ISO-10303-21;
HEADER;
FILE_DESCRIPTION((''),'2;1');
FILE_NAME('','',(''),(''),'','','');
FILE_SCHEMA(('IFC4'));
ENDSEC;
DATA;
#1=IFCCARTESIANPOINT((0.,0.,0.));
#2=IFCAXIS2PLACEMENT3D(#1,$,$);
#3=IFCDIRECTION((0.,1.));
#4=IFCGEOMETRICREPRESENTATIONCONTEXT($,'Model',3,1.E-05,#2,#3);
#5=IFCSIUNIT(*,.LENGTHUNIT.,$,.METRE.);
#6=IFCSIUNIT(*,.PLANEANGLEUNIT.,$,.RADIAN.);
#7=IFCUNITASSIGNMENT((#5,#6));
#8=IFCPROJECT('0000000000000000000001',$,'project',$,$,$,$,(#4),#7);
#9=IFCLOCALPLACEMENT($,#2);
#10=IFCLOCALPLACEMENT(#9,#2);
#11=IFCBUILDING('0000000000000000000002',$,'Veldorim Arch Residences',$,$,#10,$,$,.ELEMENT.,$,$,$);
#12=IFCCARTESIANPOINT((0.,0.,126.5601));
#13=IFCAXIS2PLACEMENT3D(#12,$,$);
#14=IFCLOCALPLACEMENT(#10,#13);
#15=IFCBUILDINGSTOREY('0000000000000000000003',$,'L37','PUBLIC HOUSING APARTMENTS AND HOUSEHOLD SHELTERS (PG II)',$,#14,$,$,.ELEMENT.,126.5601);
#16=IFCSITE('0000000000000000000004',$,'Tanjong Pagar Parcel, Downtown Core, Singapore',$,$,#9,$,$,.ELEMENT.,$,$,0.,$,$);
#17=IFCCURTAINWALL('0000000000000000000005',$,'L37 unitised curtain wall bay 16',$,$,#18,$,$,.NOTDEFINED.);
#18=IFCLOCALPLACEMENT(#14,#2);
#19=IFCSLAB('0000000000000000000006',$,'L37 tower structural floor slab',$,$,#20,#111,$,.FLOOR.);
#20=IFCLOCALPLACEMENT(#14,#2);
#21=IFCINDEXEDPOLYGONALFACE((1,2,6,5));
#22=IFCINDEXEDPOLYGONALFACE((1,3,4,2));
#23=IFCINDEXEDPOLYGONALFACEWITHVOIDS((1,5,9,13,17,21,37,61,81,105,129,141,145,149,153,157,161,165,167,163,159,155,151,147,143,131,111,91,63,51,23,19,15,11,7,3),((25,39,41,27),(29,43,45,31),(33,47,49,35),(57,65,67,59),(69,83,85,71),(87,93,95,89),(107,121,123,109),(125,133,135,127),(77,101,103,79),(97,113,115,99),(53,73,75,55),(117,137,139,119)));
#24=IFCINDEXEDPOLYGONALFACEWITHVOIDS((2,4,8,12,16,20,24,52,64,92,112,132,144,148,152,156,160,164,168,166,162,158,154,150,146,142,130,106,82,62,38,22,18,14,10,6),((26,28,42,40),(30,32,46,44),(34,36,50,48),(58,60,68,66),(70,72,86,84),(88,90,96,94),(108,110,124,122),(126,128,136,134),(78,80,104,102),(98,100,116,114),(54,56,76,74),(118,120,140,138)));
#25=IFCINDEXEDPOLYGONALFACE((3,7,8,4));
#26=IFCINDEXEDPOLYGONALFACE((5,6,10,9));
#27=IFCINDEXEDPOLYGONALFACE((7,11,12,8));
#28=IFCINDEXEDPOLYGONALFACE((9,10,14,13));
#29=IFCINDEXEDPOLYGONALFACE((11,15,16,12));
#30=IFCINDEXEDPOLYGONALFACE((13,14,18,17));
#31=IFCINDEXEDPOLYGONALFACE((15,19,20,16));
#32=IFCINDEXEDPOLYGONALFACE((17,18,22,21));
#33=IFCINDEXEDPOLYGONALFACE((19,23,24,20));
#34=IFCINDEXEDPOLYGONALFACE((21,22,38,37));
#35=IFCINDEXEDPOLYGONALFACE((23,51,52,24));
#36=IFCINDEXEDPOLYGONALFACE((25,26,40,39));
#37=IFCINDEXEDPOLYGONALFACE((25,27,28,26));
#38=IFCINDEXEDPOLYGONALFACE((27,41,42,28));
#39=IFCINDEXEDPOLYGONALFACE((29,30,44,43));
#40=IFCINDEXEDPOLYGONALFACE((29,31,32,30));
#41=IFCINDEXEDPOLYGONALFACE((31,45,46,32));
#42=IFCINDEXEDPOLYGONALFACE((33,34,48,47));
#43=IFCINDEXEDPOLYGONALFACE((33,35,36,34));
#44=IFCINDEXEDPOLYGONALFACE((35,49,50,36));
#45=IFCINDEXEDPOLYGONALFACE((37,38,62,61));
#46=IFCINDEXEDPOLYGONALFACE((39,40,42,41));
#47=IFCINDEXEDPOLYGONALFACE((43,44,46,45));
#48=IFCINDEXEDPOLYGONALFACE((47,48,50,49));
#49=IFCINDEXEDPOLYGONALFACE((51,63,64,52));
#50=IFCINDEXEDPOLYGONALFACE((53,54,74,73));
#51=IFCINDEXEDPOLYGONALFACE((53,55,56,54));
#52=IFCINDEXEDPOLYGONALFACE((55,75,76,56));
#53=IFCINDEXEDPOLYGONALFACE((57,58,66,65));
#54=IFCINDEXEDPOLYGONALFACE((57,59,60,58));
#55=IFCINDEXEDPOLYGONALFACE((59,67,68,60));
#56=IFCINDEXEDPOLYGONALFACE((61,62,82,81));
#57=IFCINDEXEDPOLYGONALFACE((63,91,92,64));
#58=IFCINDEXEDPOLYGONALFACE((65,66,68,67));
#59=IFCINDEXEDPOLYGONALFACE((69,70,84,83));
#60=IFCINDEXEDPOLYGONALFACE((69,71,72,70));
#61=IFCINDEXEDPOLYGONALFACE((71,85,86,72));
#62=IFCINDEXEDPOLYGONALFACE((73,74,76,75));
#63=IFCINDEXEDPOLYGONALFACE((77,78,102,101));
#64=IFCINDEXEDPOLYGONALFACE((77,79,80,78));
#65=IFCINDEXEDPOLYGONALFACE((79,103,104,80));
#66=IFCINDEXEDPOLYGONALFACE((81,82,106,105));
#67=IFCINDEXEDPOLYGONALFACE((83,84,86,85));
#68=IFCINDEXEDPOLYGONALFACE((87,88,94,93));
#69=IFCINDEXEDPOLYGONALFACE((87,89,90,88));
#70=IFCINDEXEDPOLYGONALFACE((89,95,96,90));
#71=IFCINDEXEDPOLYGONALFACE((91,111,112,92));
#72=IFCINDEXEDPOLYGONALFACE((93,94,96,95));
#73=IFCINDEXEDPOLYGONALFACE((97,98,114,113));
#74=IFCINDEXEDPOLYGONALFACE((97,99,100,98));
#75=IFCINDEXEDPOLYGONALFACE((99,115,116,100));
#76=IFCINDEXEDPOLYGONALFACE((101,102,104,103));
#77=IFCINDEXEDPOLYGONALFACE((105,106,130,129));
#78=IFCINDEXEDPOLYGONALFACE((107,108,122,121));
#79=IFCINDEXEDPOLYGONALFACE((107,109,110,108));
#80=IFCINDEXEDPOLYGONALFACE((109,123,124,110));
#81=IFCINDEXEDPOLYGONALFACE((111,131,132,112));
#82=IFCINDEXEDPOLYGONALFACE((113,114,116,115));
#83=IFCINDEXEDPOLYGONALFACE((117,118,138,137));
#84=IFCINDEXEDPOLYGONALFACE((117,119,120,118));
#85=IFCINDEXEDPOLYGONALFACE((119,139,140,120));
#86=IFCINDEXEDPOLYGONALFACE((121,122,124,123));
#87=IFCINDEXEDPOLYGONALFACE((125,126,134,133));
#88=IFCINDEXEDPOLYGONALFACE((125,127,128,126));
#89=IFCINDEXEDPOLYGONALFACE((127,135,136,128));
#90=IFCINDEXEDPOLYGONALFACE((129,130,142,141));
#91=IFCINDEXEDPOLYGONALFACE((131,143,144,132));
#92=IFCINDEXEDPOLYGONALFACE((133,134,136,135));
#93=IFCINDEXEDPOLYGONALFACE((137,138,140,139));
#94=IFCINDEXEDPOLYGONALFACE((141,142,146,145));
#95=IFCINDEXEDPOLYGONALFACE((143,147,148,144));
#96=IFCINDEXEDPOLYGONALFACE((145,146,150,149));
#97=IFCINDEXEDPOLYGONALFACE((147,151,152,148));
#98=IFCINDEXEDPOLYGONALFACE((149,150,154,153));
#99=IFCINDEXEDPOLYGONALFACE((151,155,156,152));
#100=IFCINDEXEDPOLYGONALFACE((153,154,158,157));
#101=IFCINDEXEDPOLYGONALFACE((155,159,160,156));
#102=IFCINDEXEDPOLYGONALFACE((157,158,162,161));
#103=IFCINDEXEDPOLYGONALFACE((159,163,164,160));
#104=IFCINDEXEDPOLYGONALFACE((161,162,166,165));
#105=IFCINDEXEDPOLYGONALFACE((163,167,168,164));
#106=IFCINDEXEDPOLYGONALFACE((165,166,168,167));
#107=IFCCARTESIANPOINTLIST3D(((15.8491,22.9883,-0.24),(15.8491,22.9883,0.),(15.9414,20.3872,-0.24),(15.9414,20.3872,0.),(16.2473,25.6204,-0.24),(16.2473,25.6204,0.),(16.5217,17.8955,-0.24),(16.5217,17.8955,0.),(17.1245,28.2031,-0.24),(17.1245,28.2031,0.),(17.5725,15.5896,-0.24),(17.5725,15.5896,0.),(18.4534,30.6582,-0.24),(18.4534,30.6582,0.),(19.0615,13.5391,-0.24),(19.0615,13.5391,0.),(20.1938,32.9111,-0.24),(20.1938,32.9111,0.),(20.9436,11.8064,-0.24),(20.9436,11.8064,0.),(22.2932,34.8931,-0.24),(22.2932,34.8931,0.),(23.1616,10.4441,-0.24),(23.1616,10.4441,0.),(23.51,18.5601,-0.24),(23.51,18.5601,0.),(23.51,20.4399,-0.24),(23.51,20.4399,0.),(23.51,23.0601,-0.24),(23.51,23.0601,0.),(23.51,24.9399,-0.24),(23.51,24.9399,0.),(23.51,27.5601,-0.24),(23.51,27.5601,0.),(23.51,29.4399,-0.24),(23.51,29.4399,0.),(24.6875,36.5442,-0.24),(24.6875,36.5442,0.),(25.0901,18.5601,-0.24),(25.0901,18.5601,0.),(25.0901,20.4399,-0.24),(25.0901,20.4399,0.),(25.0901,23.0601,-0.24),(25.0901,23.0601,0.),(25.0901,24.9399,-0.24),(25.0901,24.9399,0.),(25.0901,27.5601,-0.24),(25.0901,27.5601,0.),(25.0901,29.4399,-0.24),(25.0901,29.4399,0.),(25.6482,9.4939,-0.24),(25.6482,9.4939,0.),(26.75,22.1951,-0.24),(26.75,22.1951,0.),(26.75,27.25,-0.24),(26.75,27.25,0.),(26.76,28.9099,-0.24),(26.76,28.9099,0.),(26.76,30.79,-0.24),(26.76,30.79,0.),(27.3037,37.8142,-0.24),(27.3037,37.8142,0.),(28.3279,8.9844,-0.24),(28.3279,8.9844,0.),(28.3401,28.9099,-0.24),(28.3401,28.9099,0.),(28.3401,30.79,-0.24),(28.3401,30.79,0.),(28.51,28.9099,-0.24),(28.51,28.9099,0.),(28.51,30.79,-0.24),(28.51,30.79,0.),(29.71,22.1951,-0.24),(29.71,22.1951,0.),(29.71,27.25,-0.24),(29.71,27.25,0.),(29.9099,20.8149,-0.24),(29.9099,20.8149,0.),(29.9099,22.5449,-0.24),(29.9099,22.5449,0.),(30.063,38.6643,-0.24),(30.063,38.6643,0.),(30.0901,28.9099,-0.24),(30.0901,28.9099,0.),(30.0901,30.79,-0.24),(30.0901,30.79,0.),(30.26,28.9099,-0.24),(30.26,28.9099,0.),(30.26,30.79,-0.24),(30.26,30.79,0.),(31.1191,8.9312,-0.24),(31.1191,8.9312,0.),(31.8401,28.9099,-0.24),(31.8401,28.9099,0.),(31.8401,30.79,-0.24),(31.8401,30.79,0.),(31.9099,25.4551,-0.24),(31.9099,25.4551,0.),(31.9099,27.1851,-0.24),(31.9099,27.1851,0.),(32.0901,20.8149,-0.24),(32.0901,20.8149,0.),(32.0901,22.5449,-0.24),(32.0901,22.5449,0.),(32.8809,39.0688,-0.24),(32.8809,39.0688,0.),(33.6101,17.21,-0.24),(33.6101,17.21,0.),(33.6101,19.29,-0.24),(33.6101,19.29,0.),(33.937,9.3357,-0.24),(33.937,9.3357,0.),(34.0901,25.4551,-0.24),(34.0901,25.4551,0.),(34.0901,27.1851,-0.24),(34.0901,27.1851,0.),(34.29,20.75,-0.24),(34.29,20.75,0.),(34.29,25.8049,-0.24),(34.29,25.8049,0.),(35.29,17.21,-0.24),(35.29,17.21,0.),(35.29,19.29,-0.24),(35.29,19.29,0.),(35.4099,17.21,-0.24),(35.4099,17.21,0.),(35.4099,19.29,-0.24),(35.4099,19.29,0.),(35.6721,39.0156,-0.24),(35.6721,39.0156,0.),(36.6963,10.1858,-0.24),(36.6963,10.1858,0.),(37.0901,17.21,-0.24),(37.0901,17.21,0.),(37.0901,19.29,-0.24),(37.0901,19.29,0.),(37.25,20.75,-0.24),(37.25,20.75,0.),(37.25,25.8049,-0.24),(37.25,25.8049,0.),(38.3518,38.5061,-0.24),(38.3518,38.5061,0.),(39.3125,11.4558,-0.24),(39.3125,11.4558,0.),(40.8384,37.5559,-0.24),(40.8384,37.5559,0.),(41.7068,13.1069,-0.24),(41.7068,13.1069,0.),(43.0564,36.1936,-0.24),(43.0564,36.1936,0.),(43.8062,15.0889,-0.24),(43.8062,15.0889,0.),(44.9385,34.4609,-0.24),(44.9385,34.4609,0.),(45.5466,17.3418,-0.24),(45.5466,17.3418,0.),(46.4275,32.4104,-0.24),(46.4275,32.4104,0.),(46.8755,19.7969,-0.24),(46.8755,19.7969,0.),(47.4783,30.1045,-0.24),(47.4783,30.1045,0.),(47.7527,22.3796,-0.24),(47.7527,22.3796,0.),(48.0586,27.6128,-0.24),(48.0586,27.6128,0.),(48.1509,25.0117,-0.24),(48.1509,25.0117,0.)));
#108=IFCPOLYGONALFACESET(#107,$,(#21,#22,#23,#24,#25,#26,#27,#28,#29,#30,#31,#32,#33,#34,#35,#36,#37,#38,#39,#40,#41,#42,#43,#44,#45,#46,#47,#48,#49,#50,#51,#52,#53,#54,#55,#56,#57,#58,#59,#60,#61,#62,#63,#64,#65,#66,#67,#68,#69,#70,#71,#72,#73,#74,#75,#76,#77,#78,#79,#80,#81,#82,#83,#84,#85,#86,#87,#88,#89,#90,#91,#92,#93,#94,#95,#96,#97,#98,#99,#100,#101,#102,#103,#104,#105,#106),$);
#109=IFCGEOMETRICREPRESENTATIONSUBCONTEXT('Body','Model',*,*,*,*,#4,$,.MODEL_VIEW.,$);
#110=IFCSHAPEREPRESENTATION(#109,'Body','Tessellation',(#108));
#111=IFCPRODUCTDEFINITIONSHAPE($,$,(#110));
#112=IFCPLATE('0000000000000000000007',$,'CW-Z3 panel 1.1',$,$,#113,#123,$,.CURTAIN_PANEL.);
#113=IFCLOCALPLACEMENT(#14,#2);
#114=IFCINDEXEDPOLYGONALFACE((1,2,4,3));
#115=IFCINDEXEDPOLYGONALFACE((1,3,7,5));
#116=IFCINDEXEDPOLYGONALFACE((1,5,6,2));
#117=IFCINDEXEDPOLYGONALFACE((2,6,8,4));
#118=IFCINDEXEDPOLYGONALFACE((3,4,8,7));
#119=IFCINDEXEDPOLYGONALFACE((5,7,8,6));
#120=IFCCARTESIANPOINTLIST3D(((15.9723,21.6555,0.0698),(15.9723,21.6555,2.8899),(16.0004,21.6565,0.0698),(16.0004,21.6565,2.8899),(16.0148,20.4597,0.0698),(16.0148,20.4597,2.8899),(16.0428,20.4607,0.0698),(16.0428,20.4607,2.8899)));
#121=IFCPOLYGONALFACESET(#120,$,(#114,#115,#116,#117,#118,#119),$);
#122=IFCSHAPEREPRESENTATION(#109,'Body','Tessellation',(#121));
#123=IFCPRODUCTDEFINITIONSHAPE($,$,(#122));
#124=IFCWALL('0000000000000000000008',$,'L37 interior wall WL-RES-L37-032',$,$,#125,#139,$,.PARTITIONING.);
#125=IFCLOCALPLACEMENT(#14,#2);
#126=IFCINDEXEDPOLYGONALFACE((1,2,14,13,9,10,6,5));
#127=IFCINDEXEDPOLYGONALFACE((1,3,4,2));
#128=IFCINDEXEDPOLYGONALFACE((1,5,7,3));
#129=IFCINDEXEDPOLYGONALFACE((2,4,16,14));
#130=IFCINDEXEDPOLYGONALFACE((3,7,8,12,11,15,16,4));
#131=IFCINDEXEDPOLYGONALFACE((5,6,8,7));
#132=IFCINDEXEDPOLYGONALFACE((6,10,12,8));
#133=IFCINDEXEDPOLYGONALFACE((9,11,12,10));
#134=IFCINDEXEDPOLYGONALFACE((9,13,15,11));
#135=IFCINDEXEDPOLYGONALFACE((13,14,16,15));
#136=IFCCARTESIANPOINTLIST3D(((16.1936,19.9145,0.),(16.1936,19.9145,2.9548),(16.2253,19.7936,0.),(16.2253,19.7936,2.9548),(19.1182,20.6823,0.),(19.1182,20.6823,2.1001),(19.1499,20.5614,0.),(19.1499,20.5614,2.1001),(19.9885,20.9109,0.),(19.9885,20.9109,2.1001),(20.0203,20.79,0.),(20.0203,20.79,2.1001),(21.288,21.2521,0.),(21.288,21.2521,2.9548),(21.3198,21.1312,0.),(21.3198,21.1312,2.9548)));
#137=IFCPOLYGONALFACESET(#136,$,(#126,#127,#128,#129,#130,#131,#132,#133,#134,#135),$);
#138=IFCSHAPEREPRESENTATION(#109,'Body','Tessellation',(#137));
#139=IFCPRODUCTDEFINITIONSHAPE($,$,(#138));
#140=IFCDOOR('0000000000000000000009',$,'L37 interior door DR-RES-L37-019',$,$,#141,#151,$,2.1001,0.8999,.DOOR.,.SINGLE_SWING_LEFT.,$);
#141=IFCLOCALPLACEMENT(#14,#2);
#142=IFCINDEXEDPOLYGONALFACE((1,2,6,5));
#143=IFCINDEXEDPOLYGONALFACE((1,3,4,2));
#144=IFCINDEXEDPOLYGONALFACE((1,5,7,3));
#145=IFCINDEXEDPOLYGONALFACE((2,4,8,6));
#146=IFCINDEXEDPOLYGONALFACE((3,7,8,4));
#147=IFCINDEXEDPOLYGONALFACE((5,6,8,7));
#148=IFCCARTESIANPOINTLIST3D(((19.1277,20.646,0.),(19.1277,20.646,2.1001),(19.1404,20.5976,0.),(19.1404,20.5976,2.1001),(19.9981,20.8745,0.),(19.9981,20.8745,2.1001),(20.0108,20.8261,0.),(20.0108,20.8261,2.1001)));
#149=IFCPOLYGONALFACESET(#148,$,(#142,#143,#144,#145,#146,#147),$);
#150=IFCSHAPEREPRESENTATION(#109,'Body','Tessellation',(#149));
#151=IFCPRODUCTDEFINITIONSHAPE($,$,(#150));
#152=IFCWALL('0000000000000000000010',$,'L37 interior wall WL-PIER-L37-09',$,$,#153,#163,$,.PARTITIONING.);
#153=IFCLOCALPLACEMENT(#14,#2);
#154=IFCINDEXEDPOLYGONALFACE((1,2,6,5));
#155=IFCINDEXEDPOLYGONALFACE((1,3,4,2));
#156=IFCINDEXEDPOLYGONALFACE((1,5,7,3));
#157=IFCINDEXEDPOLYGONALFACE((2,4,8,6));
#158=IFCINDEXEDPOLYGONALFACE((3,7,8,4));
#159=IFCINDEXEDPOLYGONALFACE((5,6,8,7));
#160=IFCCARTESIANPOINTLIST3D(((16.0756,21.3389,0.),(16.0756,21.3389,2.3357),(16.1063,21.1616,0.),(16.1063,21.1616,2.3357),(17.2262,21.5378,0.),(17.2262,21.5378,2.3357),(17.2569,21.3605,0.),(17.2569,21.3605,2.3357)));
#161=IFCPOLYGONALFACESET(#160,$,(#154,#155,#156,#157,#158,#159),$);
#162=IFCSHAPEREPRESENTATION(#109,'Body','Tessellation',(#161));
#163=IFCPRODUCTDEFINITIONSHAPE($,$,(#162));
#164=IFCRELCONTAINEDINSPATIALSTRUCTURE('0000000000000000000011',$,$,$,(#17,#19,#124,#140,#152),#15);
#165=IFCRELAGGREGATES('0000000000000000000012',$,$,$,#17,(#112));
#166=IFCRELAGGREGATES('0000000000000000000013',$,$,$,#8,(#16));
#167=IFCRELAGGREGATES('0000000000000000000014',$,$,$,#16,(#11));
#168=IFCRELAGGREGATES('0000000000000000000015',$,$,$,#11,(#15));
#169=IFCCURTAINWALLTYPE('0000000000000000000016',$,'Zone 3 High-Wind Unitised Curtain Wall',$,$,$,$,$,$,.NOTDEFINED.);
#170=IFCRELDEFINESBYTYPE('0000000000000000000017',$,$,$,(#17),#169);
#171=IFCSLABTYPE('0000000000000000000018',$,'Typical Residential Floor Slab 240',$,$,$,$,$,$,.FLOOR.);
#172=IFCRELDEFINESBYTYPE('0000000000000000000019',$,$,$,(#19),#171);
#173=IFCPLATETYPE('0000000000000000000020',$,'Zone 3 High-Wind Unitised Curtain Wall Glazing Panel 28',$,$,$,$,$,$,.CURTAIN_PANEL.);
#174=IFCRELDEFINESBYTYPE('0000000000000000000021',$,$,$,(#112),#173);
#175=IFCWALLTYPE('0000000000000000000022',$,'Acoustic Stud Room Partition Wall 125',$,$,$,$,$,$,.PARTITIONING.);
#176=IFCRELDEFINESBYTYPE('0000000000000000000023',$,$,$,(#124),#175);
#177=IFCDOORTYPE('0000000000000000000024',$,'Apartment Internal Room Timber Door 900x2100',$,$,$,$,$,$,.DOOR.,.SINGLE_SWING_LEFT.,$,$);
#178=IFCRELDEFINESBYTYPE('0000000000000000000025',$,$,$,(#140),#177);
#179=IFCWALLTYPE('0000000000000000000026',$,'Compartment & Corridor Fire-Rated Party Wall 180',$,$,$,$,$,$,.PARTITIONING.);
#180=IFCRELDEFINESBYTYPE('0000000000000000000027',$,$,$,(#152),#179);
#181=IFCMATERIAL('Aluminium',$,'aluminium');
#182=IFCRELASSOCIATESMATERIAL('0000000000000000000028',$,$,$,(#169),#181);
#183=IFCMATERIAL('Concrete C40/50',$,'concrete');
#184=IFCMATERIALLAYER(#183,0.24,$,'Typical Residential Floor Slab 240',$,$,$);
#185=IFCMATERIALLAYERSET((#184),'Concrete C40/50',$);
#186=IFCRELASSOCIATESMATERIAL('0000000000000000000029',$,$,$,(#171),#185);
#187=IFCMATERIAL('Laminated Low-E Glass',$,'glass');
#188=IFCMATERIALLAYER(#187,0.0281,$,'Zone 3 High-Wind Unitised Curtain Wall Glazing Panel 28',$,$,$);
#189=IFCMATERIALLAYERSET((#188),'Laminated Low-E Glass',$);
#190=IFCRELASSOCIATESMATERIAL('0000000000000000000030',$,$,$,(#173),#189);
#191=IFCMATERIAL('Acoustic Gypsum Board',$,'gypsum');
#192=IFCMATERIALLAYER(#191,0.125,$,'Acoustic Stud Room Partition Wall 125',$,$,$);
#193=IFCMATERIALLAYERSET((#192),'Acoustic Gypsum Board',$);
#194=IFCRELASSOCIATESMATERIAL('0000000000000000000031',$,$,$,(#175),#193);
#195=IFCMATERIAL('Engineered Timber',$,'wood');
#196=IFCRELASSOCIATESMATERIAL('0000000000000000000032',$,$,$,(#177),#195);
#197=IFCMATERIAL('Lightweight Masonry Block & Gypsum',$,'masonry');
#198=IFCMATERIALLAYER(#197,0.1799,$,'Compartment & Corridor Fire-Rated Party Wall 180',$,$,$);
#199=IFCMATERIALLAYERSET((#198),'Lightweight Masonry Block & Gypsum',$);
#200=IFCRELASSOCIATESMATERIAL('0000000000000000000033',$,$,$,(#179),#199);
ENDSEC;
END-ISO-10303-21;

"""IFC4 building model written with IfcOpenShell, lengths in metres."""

from ifc_helpers import new_model, si_unit, direction, frame, frame_2d, origin, origin_2d, place, context, subcontext, project, spatial, polyline, rectangle, outline, extrude, material, layer, layer_set, type_object, element, fill, aggregate, save


model = new_model("IFC4")

# Units and contexts
model_context = context("Model", 3, precision=1e-05, world=origin(), true_north=direction((0.0, 1.0)))
body_context = subcontext(model_context, "Body", "Model", "MODEL_VIEW")
ifc_project = project(units=[si_unit("LENGTHUNIT", "METRE"), si_unit("PLANEANGLEUNIT", "RADIAN")], contexts=[model_context])

# Site, building, storey
site_placement = place(None, origin())
site = spatial("IfcSite", under=ifc_project, at=site_placement, Name="Tanjong Pagar Parcel, Downtown Core, Singapore", CompositionType="ELEMENT", RefElevation=0.0)
building_placement = place(site_placement, origin())
building = spatial("IfcBuilding", under=site, at=building_placement, Name="Veldorim Arch Residences", CompositionType="ELEMENT")
storey_placement = place(building_placement, frame((0.0, 0.0, 126.5601)))
storey = spatial("IfcBuildingStorey", under=building, at=storey_placement, Name="L37", Description="PUBLIC HOUSING APARTMENTS AND HOUSEHOLD SHELTERS (PG II)", CompositionType="ELEMENT", Elevation=126.5601)

# Curtain wall
ifc_material_1 = material(Name="Aluminium", Category="aluminium")
curtain_wall_type = type_object("IfcCurtainWallType", Name="Zone 3 High-Wind Unitised Curtain Wall", PredefinedType="NOTDEFINED", material=ifc_material_1)
curtain_wall_placement = place(storey_placement, origin())
curtain_wall = element("IfcCurtainWall", 1, at=curtain_wall_placement, inside=storey, type_object=curtain_wall_type, Name="L37 unitised curtain wall bay 16", PredefinedType="NOTDEFINED")

# Slab
ifc_material_2 = material(Name="Concrete C40/50", Category="concrete")
ifc_layer_1 = layer(ifc_material_2, 0.24, Name="Typical Residential Floor Slab 240")
ifc_layer_set_1 = layer_set([ifc_layer_1], Name="Concrete C40/50")
slab_type_1 = type_object("IfcSlabType", Name="Typical Residential Floor Slab 240", PredefinedType="FLOOR", material=ifc_layer_set_1)
slab_1_placement = place(storey_placement, frame((0.0, 0.0, -0.24)))
element("IfcSlab", 2, at=slab_1_placement, inside=storey, type_object=slab_type_1, Name="L37 tower structural floor slab", PredefinedType="FLOOR", context=body_context, shape_type="SweptSolid", body=[
    extrude(outline(polyline([(46.4275, 32.4104), (44.9385, 34.4609), (43.0564, 36.1936), (40.8384, 37.5559), (38.3518, 38.5061), (35.6721, 39.0156), (32.8809, 39.0688), (30.063, 38.6643), (27.3037, 37.8142), (24.6875, 36.5442), (22.2932, 34.8931), (20.1938, 32.9111), (18.4534, 30.6582), (17.1245, 28.2031), (16.2473, 25.6204), (15.8491, 22.9883), (15.9414, 20.3872), (16.5217, 17.8955), (17.5725, 15.5896), (19.0615, 13.5391), (20.9436, 11.8064), (23.1616, 10.4441), (25.6482, 9.4939), (28.3279, 8.9844), (31.1191, 8.9312), (33.937, 9.3357), (36.6963, 10.1858), (39.3125, 11.4558), (41.7068, 13.1069), (43.8062, 15.0889), (45.5466, 17.3418), (46.8755, 19.7969), (47.7527, 22.3796), (48.1509, 25.0117), (48.0586, 27.6128), (47.4783, 30.1045), (46.4275, 32.4104)]), holes=[polyline([(23.51, 18.5601), (23.51, 20.4399), (25.0901, 20.4399), (25.0901, 18.5601), (23.51, 18.5601)]), polyline([(23.51, 24.9399), (25.0901, 24.9399), (25.0901, 23.0601), (23.51, 23.0601), (23.51, 24.9399)]), polyline([(26.75, 27.25), (29.71, 27.25), (29.71, 22.1951), (26.75, 22.1951), (26.75, 27.25)]), polyline([(23.51, 27.5601), (23.51, 29.4399), (25.0901, 29.4399), (25.0901, 27.5601), (23.51, 27.5601)]), polyline([(26.76, 30.79), (28.3401, 30.79), (28.3401, 28.9099), (26.76, 28.9099), (26.76, 30.79)]), polyline([(28.51, 30.79), (30.0901, 30.79), (30.0901, 28.9099), (28.51, 28.9099), (28.51, 30.79)]), polyline([(33.6101, 17.21), (33.6101, 19.29), (35.29, 19.29), (35.29, 17.21), (33.6101, 17.21)]), polyline([(35.4099, 19.29), (37.0901, 19.29), (37.0901, 17.21), (35.4099, 17.21), (35.4099, 19.29)]), polyline([(29.9099, 22.5449), (32.0901, 22.5449), (32.0901, 20.8149), (29.9099, 20.8149), (29.9099, 22.5449)]), polyline([(34.29, 20.75), (34.29, 25.8049), (37.25, 25.8049), (37.25, 20.75), (34.29, 20.75)]), polyline([(31.9099, 27.1851), (34.0901, 27.1851), (34.0901, 25.4551), (31.9099, 25.4551), (31.9099, 27.1851)]), polyline([(30.26, 30.79), (31.8401, 30.79), (31.8401, 28.9099), (30.26, 28.9099), (30.26, 30.79)])]), origin(), (0.0, 0.0, 1.0), 0.24),
])

# Plate
ifc_material_3 = material(Name="Laminated Low-E Glass", Category="glass")
ifc_layer_2 = layer(ifc_material_3, 0.0281, Name="Zone 3 High-Wind Unitised Curtain Wall Glazing Panel 28")
ifc_layer_set_2 = layer_set([ifc_layer_2], Name="Laminated Low-E Glass")
plate_type = type_object("IfcPlateType", Name="Zone 3 High-Wind Unitised Curtain Wall Glazing Panel 28", PredefinedType="CURTAIN_PANEL", material=ifc_layer_set_2)
plate_placement = place(storey_placement, frame((16.0076, 21.0581, 0.0698), z_axis=(0.0, 0.0, 1.0), x_axis=(-0.035498, 0.99937, 0.0)))
plate = element("IfcPlate", 3, at=plate_placement, type_object=plate_type, Name="CW-Z3 panel 1.1", PredefinedType="CURTAIN_PANEL", context=body_context, shape_type="SweptSolid", body=[
    extrude(rectangle(XDim=1.1965, YDim=0.0281, at=origin_2d()), origin(), (0.0, 0.0, 1.0), 2.8201),
])
aggregate(curtain_wall, [plate])

# Wall, opening, door
ifc_material_4 = material(Name="Acoustic Gypsum Board", Category="gypsum")
ifc_layer_3 = layer(ifc_material_4, 0.125, Name="Acoustic Stud Room Partition Wall 125")
ifc_layer_set_3 = layer_set([ifc_layer_3], Name="Acoustic Gypsum Board")
wall_type_1 = type_object("IfcWallType", Name="Acoustic Stud Room Partition Wall 125", PredefinedType="PARTITIONING", material=ifc_layer_set_3)
wall_1_placement = place(storey_placement, frame((16.2095, 19.854, 0.0), z_axis=(0.0, 0.0, 1.0), x_axis=(0.967215, 0.253959, 0.0)))
wall_1 = element("IfcWall", 4, at=wall_1_placement, inside=storey, type_object=wall_type_1, Name="L37 interior wall WL-RES-L37-032", PredefinedType="PARTITIONING", context=body_context, shape_type="SweptSolid", body=[
    extrude(rectangle(XDim=5.2671, YDim=0.125, at=frame_2d((2.6335, 0.0))), origin(), (0.0, 0.0, 1.0), 2.9548),
])
opening_1_placement = place(wall_1_placement, frame((3.0237, 0.0, 0.0)))
opening_1 = element("IfcOpeningElement", 5, at=opening_1_placement, cuts=wall_1, PredefinedType="OPENING", context=body_context, shape_type="SweptSolid", body=[
    extrude(rectangle(XDim=0.8999, YDim=2.1001, at=frame_2d((0.45, 1.05))), frame((0.0, 0.0725, 0.0), z_axis=(0.0, -1.0, 0.0), x_axis=(1.0, 0.0, 0.0)), (0.0, 0.0, 1.0), 0.145),
])
ifc_material_5 = material(Name="Engineered Timber", Category="wood")
door_type = type_object("IfcDoorType", Name="Apartment Internal Room Timber Door 900x2100", OperationType="SINGLE_SWING_LEFT", PredefinedType="DOOR", material=ifc_material_5)
door_placement = place(opening_1_placement, origin())
door = element("IfcDoor", 6, at=door_placement, inside=storey, type_object=door_type, Name="L37 interior door DR-RES-L37-019", OperationType="SINGLE_SWING_LEFT", OverallHeight=2.1001, OverallWidth=0.8999, PredefinedType="DOOR", context=body_context, shape_type="SweptSolid", body=[
    extrude(rectangle(XDim=0.8999, YDim=2.1001, at=frame_2d((0.45, 1.05))), frame((0.0, 0.0249, 0.0), z_axis=(0.0, -1.0, 0.0), x_axis=(1.0, 0.0, 0.0)), (0.0, 0.0, 1.0), 0.05),
])
fill(opening_1, door)

# Wall
ifc_material_6 = material(Name="Lightweight Masonry Block & Gypsum", Category="masonry")
ifc_layer_4 = layer(ifc_material_6, 0.1799, Name="Compartment & Corridor Fire-Rated Party Wall 180")
ifc_layer_set_4 = layer_set([ifc_layer_4], Name="Lightweight Masonry Block & Gypsum")
wall_type_2 = type_object("IfcWallType", Name="Compartment & Corridor Fire-Rated Party Wall 180", PredefinedType="PARTITIONING", material=ifc_layer_set_4)
wall_2_placement = place(storey_placement, frame((17.2417, 21.4492, 0.0), z_axis=(0.0, 0.0, 1.0), x_axis=(-0.985375, -0.170397, 0.0)))
element("IfcWall", 7, at=wall_2_placement, inside=storey, type_object=wall_type_2, Name="L37 interior wall WL-PIER-L37-09", PredefinedType="PARTITIONING", context=body_context, shape_type="SweptSolid", body=[
    extrude(rectangle(XDim=1.1677, YDim=0.1799, at=frame_2d((0.584, 0.0))), origin(), (0.0, 0.0, 1.0), 2.3357),
])

save(model, "model.ifc")
